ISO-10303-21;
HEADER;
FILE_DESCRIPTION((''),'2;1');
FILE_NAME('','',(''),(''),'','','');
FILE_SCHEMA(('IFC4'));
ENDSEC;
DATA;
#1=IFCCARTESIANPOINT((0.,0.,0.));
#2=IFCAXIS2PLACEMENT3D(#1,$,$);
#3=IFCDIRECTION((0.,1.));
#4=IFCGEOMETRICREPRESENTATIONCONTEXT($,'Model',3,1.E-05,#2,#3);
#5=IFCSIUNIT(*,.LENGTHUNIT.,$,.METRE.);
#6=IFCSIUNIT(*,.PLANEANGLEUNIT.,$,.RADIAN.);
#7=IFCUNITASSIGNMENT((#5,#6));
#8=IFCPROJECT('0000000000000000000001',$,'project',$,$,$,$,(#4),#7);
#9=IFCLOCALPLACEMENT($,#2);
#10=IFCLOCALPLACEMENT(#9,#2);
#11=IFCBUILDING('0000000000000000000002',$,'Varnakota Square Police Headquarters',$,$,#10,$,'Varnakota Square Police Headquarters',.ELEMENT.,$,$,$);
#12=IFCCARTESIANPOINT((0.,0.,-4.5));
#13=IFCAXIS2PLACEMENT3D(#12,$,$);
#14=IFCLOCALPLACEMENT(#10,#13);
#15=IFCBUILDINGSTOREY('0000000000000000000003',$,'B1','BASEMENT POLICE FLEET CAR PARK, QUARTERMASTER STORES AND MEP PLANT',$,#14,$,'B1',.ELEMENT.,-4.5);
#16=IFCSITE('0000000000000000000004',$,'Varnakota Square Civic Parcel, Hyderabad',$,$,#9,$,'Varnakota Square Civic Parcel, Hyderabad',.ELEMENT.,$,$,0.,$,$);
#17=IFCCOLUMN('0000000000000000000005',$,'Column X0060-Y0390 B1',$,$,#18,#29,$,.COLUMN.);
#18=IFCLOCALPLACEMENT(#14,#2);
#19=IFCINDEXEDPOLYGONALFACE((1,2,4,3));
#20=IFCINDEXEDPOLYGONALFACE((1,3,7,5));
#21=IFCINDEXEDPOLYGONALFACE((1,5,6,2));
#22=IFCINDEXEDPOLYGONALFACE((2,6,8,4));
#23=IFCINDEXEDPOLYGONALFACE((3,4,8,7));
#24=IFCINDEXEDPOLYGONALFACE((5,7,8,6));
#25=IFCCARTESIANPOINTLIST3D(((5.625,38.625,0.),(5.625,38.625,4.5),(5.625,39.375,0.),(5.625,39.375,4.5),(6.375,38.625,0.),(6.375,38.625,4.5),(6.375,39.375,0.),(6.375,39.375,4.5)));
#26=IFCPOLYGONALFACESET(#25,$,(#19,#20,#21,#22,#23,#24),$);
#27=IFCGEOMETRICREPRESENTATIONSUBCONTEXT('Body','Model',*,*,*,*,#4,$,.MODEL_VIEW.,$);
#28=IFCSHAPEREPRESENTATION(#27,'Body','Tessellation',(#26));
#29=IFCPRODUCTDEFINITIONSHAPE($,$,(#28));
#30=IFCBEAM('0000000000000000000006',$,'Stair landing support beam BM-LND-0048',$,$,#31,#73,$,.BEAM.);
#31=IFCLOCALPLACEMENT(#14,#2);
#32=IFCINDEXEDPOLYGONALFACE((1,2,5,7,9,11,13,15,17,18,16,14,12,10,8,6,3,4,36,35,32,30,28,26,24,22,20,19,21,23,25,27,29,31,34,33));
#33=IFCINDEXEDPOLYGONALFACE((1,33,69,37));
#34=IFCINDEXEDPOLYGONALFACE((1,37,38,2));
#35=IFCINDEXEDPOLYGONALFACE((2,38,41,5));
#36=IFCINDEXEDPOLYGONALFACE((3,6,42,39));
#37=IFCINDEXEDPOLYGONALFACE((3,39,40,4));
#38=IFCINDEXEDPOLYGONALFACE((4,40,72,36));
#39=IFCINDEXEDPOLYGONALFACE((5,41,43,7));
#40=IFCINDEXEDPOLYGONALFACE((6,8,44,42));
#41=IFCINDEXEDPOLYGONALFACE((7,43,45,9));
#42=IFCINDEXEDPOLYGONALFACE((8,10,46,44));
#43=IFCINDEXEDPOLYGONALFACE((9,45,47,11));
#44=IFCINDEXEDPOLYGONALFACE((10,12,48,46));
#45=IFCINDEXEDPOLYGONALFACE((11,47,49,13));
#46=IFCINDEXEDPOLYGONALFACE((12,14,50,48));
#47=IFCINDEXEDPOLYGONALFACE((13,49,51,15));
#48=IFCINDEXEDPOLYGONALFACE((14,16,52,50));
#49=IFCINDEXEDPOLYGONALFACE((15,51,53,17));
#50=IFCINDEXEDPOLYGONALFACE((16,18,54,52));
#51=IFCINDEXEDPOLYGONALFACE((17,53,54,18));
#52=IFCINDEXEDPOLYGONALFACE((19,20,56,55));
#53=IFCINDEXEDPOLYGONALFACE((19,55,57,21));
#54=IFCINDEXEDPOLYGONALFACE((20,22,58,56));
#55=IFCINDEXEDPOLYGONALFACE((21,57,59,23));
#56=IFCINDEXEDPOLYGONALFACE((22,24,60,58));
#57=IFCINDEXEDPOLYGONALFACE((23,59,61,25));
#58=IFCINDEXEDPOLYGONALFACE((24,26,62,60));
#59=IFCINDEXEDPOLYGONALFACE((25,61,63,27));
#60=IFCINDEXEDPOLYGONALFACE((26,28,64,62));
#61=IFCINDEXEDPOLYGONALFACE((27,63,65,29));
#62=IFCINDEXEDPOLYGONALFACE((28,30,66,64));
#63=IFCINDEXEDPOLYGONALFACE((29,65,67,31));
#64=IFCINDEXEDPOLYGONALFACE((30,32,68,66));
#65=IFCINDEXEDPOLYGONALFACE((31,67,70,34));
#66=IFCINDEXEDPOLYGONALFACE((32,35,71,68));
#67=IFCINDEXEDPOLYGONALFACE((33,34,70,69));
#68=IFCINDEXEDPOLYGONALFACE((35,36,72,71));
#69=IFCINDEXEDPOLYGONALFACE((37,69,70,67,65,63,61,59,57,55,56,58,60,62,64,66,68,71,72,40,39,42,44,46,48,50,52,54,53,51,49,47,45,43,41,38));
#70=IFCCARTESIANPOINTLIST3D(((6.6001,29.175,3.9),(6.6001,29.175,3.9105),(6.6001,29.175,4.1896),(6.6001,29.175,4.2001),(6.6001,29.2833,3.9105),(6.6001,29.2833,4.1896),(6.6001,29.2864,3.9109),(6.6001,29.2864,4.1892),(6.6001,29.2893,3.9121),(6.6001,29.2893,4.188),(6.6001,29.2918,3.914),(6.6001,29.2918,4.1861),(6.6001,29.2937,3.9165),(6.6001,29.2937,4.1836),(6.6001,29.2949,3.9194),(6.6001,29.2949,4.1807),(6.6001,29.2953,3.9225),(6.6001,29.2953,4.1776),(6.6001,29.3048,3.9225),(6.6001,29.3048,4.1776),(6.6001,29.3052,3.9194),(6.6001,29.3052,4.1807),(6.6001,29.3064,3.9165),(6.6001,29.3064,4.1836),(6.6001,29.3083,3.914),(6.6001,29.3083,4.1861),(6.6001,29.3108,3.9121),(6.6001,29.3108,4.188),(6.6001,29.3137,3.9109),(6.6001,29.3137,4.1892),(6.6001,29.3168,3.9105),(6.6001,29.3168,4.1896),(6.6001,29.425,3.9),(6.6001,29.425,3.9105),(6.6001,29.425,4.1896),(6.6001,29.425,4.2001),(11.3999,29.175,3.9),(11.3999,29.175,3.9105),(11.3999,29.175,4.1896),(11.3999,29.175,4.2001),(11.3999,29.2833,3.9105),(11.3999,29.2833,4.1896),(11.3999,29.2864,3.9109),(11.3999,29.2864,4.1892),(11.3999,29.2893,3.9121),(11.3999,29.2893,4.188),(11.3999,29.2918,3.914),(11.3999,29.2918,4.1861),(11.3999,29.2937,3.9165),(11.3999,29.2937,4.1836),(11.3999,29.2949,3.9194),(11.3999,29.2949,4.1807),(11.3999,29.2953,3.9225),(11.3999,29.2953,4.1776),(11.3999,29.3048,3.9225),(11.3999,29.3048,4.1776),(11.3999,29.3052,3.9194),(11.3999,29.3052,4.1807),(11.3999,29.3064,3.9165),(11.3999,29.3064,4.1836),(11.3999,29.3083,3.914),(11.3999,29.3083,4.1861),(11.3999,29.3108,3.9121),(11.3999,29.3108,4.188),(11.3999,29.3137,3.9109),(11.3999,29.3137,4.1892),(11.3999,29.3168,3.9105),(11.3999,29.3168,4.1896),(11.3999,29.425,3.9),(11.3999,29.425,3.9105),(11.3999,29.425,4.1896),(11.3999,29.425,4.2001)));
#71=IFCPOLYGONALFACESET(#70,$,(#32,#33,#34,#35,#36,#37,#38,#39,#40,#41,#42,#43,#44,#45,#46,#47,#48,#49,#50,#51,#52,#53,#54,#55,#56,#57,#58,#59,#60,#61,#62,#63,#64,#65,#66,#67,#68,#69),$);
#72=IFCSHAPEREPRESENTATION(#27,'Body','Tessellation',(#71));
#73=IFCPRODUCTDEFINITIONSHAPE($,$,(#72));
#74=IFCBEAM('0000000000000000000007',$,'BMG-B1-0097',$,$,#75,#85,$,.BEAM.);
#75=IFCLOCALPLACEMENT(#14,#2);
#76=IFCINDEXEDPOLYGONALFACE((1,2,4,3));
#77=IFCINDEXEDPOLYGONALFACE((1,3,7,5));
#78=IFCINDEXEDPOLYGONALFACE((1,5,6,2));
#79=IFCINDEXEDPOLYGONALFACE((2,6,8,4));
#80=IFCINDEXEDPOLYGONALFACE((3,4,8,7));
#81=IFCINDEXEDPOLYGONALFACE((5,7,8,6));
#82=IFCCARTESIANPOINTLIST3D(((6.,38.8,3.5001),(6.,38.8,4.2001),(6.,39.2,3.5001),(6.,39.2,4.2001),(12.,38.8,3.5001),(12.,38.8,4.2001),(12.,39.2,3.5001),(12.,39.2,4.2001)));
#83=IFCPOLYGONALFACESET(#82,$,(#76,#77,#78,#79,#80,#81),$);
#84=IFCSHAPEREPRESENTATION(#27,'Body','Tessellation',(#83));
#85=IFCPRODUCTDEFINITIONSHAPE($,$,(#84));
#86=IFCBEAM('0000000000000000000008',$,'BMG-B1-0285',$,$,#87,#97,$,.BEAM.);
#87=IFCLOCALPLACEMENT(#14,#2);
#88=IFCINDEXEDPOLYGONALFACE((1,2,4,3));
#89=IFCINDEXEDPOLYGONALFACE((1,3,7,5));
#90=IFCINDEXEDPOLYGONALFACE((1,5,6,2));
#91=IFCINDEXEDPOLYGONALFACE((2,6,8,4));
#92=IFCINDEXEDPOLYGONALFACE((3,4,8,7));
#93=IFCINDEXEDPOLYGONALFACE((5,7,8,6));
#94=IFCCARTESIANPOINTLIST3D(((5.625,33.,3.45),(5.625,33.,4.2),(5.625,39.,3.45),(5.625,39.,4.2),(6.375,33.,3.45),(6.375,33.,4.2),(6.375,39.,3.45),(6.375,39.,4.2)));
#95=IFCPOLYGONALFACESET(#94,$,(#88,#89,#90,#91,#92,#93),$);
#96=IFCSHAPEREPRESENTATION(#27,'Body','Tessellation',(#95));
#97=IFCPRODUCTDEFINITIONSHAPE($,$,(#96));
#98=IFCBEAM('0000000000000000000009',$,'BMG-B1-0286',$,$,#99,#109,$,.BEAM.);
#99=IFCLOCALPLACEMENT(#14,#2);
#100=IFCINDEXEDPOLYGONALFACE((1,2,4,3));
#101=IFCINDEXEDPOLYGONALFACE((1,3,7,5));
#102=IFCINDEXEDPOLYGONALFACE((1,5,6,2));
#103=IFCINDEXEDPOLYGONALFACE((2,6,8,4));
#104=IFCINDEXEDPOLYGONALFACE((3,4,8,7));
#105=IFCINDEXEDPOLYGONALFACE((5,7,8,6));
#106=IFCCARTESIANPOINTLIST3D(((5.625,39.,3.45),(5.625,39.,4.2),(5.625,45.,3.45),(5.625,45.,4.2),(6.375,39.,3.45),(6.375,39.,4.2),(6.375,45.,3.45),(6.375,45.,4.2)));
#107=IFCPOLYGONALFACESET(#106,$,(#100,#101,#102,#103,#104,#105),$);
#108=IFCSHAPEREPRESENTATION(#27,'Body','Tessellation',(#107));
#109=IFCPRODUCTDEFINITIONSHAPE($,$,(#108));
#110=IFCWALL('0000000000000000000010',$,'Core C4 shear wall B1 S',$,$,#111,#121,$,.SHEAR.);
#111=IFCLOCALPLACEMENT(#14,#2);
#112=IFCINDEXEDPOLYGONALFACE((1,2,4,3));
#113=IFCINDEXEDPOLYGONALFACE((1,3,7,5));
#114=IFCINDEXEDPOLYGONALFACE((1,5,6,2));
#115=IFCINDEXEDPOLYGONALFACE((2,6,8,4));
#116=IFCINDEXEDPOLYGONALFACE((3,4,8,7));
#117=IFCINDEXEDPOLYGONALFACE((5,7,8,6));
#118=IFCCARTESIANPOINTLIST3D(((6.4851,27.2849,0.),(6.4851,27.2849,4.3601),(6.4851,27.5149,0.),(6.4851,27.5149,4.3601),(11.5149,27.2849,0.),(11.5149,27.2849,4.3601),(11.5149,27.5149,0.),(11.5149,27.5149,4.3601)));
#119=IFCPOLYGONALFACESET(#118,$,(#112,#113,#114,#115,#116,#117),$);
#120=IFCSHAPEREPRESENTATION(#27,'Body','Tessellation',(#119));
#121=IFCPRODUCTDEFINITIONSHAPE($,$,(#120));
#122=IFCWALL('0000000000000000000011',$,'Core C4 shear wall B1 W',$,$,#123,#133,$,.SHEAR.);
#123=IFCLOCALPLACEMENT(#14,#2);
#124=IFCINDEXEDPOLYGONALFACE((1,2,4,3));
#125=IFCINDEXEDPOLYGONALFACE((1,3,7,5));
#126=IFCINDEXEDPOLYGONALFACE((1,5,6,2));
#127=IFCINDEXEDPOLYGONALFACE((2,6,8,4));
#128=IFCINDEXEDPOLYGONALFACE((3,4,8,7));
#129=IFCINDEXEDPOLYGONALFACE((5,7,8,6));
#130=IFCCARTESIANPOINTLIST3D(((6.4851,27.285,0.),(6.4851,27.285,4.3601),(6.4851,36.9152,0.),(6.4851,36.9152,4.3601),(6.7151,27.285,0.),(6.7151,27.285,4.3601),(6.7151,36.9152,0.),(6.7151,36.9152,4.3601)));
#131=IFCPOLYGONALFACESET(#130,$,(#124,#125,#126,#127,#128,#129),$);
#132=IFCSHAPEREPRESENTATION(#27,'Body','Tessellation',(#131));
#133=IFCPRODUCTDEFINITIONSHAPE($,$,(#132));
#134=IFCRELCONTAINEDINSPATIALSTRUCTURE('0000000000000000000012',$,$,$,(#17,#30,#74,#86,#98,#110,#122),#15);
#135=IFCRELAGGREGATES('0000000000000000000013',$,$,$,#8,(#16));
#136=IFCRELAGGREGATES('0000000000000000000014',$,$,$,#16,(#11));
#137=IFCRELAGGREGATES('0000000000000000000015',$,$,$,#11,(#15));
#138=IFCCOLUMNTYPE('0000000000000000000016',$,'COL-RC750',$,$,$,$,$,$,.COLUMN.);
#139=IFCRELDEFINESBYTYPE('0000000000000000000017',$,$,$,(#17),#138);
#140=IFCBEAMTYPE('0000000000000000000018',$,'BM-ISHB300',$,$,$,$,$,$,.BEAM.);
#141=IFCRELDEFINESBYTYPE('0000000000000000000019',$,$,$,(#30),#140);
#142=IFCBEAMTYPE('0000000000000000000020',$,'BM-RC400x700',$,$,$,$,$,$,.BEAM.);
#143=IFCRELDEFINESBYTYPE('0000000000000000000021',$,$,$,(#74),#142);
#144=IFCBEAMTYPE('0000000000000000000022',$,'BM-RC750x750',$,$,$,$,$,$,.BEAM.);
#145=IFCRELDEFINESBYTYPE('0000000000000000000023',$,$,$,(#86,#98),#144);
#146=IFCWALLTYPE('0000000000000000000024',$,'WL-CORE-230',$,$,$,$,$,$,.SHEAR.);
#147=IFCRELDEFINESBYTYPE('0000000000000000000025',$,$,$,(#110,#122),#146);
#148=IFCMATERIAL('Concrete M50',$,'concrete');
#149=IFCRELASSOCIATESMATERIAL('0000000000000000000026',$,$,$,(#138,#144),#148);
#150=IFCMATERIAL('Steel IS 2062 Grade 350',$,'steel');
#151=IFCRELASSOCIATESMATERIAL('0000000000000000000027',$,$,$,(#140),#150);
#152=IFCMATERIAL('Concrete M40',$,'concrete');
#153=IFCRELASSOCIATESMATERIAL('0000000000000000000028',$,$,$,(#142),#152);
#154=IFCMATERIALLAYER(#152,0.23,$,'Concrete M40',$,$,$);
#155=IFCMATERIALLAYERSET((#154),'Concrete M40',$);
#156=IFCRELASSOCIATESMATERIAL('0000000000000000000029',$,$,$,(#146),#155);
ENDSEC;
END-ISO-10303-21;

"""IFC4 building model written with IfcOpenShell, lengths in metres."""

from ifc_helpers import new_model, si_unit, direction, frame, frame_2d, origin, origin_2d, place, context, subcontext, project, spatial, rectangle, i_section, extrude, material, layer, layer_set, material_profile, profile_set, type_object, element, save


model = new_model("IFC4")

# Units and contexts
model_context = context("Model", 3, precision=1e-05, world=origin(), true_north=direction((0.0, 1.0)))
body_context = subcontext(model_context, "Body", "Model", "MODEL_VIEW")
ifc_project = project(units=[si_unit("LENGTHUNIT", "METRE"), si_unit("PLANEANGLEUNIT", "RADIAN")], contexts=[model_context])

# Site, building, storey
site_placement = place(None, origin())
site = spatial("IfcSite", under=ifc_project, at=site_placement, Name="Varnakota Square Civic Parcel, Hyderabad", LongName="Varnakota Square Civic Parcel, Hyderabad", CompositionType="ELEMENT", RefElevation=0.0)
building_placement = place(site_placement, origin())
building = spatial("IfcBuilding", under=site, at=building_placement, Name="Varnakota Square Police Headquarters", LongName="Varnakota Square Police Headquarters", CompositionType="ELEMENT")
storey_placement = place(building_placement, frame((0.0, 0.0, -4.5)))
storey = spatial("IfcBuildingStorey", under=building, at=storey_placement, Name="B1", Description="BASEMENT POLICE FLEET CAR PARK, QUARTERMASTER STORES AND MEP PLANT", LongName="B1", CompositionType="ELEMENT", Elevation=-4.5)

# Shared definitions
ifc_material_1 = material(Name="Concrete M50", Category="concrete")

# Column
ifc_material_profile_1 = material_profile(ifc_material_1, rectangle(XDim=0.75, YDim=0.75, at=origin_2d()), Name="RC 750x750")
ifc_profile_set_1 = profile_set([ifc_material_profile_1], Name="Concrete M50")
column_type = type_object("IfcColumnType", Name="COL-RC750", PredefinedType="COLUMN", material=ifc_profile_set_1)
for number, where, z_axis, x_axis, name in (
    (1, (6.0, 39.0, 0.0), (0.0, 0.0, 1.0), (1.0, 0.0, 0.0), "Column X0060-Y0390 B1"),
):
    element("IfcColumn", number, at=place(storey_placement, frame(where, z_axis=z_axis, x_axis=x_axis)), inside=storey, type_object=column_type, Name=name, PredefinedType="COLUMN", context=body_context, shape_type="SweptSolid", body=[
        extrude(rectangle(XDim=0.75, YDim=0.75, at=origin_2d()), origin(), (0.0, 0.0, 1.0), 4.5),
    ])

# Beams
ifc_material_2 = material(Name="Steel IS 2062 Grade 350", Category="steel")
ifc_material_profile_2 = material_profile(ifc_material_2, i_section(OverallWidth=0.25, OverallDepth=0.3, WebThickness=0.0095, FlangeThickness=0.0105, FilletRadius=0.012, at=origin_2d()), Name="ISHB 300")
ifc_profile_set_2 = profile_set([ifc_material_profile_2], Name="Steel IS 2062 Grade 350")
beam_type_1 = type_object("IfcBeamType", Name="BM-ISHB300", PredefinedType="BEAM", material=ifc_profile_set_2)
beam_1_placement = place(storey_placement, frame((6.6001, 29.3, 4.05), z_axis=(1.0, 0.0, 0.0), x_axis=(0.0, 1.0, 0.0)))
element("IfcBeam", 2, at=beam_1_placement, inside=storey, type_object=beam_type_1, Name="Stair landing support beam BM-LND-0048", PredefinedType="BEAM", context=body_context, shape_type="SweptSolid", body=[
    extrude(i_section(OverallWidth=0.25, OverallDepth=0.3, WebThickness=0.0095, FlangeThickness=0.0105, FilletRadius=0.012, at=origin_2d()), origin(), (0.0, 0.0, 1.0), 4.7998),
])
ifc_material_3 = material(Name="Concrete M40", Category="concrete")
ifc_material_profile_3 = material_profile(ifc_material_3, rectangle(XDim=0.3999, YDim=0.7, at=origin_2d()), Name="RC 400x700")
ifc_profile_set_3 = profile_set([ifc_material_profile_3], Name="Concrete M40")
beam_type_2 = type_object("IfcBeamType", Name="BM-RC400x700", PredefinedType="BEAM", material=ifc_profile_set_3)
beam_2_placement = place(storey_placement, frame((6.0, 39.0, 3.8501), z_axis=(1.0, 0.0, 0.0), x_axis=(0.0, 1.0, 0.0)))
element("IfcBeam", 3, at=beam_2_placement, inside=storey, type_object=beam_type_2, Name="BMG-B1-0097", PredefinedType="BEAM", context=body_context, shape_type="SweptSolid", body=[
    extrude(rectangle(XDim=0.3999, YDim=0.7, at=origin_2d()), origin(), (0.0, 0.0, 1.0), 6.0),
])
ifc_material_profile_4 = material_profile(ifc_material_1, rectangle(XDim=0.75, YDim=0.75, at=origin_2d()), Name="RC 750x750")
ifc_profile_set_4 = profile_set([ifc_material_profile_4], Name="Concrete M50")
beam_type_3 = type_object("IfcBeamType", Name="BM-RC750x750", PredefinedType="BEAM", material=ifc_profile_set_4)
for number, where, z_axis, x_axis, name in (
    (4, (6.0, 33.0, 3.825), (0.0, 1.0, 0.0), (-1.0, 0.0, 0.0), "BMG-B1-0285"),
    (5, (6.0, 39.0, 3.825), (0.0, 1.0, 0.0), (-1.0, 0.0, 0.0), "BMG-B1-0286"),
):
    element("IfcBeam", number, at=place(storey_placement, frame(where, z_axis=z_axis, x_axis=x_axis)), inside=storey, type_object=beam_type_3, Name=name, PredefinedType="BEAM", context=body_context, shape_type="SweptSolid", body=[
        extrude(rectangle(XDim=0.75, YDim=0.75, at=origin_2d()), origin(), (0.0, 0.0, 1.0), 6.0),
    ])

# Walls
ifc_layer = layer(ifc_material_3, 0.23, Name="Concrete M40")
ifc_layer_set = layer_set([ifc_layer], Name="Concrete M40")
wall_type = type_object("IfcWallType", Name="WL-CORE-230", PredefinedType="SHEAR", material=ifc_layer_set)
wall_1_placement = place(storey_placement, frame((6.4851, 27.3999, 0.0), z_axis=(0.0, 0.0, 1.0), x_axis=(1.0, 0.0, 0.0)))
element("IfcWall", 6, at=wall_1_placement, inside=storey, type_object=wall_type, Name="Core C4 shear wall B1 S", PredefinedType="SHEAR", context=body_context, shape_type="SweptSolid", body=[
    extrude(rectangle(XDim=5.0298, YDim=0.23, at=frame_2d((2.5149, 0.0))), origin(), (0.0, 0.0, 1.0), 4.3601),
])
wall_2_placement = place(storey_placement, frame((6.6001, 36.915, 0.0), z_axis=(0.0, 0.0, 1.0), x_axis=(0.0, -1.0, 0.0)))
element("IfcWall", 7, at=wall_2_placement, inside=storey, type_object=wall_type, Name="Core C4 shear wall B1 W", PredefinedType="SHEAR", context=body_context, shape_type="SweptSolid", body=[
    extrude(rectangle(XDim=9.6301, YDim=0.23, at=frame_2d((4.8149, 0.0))), origin(), (0.0, 0.0, 1.0), 4.3601),
])

save(model, "model.ifc")
